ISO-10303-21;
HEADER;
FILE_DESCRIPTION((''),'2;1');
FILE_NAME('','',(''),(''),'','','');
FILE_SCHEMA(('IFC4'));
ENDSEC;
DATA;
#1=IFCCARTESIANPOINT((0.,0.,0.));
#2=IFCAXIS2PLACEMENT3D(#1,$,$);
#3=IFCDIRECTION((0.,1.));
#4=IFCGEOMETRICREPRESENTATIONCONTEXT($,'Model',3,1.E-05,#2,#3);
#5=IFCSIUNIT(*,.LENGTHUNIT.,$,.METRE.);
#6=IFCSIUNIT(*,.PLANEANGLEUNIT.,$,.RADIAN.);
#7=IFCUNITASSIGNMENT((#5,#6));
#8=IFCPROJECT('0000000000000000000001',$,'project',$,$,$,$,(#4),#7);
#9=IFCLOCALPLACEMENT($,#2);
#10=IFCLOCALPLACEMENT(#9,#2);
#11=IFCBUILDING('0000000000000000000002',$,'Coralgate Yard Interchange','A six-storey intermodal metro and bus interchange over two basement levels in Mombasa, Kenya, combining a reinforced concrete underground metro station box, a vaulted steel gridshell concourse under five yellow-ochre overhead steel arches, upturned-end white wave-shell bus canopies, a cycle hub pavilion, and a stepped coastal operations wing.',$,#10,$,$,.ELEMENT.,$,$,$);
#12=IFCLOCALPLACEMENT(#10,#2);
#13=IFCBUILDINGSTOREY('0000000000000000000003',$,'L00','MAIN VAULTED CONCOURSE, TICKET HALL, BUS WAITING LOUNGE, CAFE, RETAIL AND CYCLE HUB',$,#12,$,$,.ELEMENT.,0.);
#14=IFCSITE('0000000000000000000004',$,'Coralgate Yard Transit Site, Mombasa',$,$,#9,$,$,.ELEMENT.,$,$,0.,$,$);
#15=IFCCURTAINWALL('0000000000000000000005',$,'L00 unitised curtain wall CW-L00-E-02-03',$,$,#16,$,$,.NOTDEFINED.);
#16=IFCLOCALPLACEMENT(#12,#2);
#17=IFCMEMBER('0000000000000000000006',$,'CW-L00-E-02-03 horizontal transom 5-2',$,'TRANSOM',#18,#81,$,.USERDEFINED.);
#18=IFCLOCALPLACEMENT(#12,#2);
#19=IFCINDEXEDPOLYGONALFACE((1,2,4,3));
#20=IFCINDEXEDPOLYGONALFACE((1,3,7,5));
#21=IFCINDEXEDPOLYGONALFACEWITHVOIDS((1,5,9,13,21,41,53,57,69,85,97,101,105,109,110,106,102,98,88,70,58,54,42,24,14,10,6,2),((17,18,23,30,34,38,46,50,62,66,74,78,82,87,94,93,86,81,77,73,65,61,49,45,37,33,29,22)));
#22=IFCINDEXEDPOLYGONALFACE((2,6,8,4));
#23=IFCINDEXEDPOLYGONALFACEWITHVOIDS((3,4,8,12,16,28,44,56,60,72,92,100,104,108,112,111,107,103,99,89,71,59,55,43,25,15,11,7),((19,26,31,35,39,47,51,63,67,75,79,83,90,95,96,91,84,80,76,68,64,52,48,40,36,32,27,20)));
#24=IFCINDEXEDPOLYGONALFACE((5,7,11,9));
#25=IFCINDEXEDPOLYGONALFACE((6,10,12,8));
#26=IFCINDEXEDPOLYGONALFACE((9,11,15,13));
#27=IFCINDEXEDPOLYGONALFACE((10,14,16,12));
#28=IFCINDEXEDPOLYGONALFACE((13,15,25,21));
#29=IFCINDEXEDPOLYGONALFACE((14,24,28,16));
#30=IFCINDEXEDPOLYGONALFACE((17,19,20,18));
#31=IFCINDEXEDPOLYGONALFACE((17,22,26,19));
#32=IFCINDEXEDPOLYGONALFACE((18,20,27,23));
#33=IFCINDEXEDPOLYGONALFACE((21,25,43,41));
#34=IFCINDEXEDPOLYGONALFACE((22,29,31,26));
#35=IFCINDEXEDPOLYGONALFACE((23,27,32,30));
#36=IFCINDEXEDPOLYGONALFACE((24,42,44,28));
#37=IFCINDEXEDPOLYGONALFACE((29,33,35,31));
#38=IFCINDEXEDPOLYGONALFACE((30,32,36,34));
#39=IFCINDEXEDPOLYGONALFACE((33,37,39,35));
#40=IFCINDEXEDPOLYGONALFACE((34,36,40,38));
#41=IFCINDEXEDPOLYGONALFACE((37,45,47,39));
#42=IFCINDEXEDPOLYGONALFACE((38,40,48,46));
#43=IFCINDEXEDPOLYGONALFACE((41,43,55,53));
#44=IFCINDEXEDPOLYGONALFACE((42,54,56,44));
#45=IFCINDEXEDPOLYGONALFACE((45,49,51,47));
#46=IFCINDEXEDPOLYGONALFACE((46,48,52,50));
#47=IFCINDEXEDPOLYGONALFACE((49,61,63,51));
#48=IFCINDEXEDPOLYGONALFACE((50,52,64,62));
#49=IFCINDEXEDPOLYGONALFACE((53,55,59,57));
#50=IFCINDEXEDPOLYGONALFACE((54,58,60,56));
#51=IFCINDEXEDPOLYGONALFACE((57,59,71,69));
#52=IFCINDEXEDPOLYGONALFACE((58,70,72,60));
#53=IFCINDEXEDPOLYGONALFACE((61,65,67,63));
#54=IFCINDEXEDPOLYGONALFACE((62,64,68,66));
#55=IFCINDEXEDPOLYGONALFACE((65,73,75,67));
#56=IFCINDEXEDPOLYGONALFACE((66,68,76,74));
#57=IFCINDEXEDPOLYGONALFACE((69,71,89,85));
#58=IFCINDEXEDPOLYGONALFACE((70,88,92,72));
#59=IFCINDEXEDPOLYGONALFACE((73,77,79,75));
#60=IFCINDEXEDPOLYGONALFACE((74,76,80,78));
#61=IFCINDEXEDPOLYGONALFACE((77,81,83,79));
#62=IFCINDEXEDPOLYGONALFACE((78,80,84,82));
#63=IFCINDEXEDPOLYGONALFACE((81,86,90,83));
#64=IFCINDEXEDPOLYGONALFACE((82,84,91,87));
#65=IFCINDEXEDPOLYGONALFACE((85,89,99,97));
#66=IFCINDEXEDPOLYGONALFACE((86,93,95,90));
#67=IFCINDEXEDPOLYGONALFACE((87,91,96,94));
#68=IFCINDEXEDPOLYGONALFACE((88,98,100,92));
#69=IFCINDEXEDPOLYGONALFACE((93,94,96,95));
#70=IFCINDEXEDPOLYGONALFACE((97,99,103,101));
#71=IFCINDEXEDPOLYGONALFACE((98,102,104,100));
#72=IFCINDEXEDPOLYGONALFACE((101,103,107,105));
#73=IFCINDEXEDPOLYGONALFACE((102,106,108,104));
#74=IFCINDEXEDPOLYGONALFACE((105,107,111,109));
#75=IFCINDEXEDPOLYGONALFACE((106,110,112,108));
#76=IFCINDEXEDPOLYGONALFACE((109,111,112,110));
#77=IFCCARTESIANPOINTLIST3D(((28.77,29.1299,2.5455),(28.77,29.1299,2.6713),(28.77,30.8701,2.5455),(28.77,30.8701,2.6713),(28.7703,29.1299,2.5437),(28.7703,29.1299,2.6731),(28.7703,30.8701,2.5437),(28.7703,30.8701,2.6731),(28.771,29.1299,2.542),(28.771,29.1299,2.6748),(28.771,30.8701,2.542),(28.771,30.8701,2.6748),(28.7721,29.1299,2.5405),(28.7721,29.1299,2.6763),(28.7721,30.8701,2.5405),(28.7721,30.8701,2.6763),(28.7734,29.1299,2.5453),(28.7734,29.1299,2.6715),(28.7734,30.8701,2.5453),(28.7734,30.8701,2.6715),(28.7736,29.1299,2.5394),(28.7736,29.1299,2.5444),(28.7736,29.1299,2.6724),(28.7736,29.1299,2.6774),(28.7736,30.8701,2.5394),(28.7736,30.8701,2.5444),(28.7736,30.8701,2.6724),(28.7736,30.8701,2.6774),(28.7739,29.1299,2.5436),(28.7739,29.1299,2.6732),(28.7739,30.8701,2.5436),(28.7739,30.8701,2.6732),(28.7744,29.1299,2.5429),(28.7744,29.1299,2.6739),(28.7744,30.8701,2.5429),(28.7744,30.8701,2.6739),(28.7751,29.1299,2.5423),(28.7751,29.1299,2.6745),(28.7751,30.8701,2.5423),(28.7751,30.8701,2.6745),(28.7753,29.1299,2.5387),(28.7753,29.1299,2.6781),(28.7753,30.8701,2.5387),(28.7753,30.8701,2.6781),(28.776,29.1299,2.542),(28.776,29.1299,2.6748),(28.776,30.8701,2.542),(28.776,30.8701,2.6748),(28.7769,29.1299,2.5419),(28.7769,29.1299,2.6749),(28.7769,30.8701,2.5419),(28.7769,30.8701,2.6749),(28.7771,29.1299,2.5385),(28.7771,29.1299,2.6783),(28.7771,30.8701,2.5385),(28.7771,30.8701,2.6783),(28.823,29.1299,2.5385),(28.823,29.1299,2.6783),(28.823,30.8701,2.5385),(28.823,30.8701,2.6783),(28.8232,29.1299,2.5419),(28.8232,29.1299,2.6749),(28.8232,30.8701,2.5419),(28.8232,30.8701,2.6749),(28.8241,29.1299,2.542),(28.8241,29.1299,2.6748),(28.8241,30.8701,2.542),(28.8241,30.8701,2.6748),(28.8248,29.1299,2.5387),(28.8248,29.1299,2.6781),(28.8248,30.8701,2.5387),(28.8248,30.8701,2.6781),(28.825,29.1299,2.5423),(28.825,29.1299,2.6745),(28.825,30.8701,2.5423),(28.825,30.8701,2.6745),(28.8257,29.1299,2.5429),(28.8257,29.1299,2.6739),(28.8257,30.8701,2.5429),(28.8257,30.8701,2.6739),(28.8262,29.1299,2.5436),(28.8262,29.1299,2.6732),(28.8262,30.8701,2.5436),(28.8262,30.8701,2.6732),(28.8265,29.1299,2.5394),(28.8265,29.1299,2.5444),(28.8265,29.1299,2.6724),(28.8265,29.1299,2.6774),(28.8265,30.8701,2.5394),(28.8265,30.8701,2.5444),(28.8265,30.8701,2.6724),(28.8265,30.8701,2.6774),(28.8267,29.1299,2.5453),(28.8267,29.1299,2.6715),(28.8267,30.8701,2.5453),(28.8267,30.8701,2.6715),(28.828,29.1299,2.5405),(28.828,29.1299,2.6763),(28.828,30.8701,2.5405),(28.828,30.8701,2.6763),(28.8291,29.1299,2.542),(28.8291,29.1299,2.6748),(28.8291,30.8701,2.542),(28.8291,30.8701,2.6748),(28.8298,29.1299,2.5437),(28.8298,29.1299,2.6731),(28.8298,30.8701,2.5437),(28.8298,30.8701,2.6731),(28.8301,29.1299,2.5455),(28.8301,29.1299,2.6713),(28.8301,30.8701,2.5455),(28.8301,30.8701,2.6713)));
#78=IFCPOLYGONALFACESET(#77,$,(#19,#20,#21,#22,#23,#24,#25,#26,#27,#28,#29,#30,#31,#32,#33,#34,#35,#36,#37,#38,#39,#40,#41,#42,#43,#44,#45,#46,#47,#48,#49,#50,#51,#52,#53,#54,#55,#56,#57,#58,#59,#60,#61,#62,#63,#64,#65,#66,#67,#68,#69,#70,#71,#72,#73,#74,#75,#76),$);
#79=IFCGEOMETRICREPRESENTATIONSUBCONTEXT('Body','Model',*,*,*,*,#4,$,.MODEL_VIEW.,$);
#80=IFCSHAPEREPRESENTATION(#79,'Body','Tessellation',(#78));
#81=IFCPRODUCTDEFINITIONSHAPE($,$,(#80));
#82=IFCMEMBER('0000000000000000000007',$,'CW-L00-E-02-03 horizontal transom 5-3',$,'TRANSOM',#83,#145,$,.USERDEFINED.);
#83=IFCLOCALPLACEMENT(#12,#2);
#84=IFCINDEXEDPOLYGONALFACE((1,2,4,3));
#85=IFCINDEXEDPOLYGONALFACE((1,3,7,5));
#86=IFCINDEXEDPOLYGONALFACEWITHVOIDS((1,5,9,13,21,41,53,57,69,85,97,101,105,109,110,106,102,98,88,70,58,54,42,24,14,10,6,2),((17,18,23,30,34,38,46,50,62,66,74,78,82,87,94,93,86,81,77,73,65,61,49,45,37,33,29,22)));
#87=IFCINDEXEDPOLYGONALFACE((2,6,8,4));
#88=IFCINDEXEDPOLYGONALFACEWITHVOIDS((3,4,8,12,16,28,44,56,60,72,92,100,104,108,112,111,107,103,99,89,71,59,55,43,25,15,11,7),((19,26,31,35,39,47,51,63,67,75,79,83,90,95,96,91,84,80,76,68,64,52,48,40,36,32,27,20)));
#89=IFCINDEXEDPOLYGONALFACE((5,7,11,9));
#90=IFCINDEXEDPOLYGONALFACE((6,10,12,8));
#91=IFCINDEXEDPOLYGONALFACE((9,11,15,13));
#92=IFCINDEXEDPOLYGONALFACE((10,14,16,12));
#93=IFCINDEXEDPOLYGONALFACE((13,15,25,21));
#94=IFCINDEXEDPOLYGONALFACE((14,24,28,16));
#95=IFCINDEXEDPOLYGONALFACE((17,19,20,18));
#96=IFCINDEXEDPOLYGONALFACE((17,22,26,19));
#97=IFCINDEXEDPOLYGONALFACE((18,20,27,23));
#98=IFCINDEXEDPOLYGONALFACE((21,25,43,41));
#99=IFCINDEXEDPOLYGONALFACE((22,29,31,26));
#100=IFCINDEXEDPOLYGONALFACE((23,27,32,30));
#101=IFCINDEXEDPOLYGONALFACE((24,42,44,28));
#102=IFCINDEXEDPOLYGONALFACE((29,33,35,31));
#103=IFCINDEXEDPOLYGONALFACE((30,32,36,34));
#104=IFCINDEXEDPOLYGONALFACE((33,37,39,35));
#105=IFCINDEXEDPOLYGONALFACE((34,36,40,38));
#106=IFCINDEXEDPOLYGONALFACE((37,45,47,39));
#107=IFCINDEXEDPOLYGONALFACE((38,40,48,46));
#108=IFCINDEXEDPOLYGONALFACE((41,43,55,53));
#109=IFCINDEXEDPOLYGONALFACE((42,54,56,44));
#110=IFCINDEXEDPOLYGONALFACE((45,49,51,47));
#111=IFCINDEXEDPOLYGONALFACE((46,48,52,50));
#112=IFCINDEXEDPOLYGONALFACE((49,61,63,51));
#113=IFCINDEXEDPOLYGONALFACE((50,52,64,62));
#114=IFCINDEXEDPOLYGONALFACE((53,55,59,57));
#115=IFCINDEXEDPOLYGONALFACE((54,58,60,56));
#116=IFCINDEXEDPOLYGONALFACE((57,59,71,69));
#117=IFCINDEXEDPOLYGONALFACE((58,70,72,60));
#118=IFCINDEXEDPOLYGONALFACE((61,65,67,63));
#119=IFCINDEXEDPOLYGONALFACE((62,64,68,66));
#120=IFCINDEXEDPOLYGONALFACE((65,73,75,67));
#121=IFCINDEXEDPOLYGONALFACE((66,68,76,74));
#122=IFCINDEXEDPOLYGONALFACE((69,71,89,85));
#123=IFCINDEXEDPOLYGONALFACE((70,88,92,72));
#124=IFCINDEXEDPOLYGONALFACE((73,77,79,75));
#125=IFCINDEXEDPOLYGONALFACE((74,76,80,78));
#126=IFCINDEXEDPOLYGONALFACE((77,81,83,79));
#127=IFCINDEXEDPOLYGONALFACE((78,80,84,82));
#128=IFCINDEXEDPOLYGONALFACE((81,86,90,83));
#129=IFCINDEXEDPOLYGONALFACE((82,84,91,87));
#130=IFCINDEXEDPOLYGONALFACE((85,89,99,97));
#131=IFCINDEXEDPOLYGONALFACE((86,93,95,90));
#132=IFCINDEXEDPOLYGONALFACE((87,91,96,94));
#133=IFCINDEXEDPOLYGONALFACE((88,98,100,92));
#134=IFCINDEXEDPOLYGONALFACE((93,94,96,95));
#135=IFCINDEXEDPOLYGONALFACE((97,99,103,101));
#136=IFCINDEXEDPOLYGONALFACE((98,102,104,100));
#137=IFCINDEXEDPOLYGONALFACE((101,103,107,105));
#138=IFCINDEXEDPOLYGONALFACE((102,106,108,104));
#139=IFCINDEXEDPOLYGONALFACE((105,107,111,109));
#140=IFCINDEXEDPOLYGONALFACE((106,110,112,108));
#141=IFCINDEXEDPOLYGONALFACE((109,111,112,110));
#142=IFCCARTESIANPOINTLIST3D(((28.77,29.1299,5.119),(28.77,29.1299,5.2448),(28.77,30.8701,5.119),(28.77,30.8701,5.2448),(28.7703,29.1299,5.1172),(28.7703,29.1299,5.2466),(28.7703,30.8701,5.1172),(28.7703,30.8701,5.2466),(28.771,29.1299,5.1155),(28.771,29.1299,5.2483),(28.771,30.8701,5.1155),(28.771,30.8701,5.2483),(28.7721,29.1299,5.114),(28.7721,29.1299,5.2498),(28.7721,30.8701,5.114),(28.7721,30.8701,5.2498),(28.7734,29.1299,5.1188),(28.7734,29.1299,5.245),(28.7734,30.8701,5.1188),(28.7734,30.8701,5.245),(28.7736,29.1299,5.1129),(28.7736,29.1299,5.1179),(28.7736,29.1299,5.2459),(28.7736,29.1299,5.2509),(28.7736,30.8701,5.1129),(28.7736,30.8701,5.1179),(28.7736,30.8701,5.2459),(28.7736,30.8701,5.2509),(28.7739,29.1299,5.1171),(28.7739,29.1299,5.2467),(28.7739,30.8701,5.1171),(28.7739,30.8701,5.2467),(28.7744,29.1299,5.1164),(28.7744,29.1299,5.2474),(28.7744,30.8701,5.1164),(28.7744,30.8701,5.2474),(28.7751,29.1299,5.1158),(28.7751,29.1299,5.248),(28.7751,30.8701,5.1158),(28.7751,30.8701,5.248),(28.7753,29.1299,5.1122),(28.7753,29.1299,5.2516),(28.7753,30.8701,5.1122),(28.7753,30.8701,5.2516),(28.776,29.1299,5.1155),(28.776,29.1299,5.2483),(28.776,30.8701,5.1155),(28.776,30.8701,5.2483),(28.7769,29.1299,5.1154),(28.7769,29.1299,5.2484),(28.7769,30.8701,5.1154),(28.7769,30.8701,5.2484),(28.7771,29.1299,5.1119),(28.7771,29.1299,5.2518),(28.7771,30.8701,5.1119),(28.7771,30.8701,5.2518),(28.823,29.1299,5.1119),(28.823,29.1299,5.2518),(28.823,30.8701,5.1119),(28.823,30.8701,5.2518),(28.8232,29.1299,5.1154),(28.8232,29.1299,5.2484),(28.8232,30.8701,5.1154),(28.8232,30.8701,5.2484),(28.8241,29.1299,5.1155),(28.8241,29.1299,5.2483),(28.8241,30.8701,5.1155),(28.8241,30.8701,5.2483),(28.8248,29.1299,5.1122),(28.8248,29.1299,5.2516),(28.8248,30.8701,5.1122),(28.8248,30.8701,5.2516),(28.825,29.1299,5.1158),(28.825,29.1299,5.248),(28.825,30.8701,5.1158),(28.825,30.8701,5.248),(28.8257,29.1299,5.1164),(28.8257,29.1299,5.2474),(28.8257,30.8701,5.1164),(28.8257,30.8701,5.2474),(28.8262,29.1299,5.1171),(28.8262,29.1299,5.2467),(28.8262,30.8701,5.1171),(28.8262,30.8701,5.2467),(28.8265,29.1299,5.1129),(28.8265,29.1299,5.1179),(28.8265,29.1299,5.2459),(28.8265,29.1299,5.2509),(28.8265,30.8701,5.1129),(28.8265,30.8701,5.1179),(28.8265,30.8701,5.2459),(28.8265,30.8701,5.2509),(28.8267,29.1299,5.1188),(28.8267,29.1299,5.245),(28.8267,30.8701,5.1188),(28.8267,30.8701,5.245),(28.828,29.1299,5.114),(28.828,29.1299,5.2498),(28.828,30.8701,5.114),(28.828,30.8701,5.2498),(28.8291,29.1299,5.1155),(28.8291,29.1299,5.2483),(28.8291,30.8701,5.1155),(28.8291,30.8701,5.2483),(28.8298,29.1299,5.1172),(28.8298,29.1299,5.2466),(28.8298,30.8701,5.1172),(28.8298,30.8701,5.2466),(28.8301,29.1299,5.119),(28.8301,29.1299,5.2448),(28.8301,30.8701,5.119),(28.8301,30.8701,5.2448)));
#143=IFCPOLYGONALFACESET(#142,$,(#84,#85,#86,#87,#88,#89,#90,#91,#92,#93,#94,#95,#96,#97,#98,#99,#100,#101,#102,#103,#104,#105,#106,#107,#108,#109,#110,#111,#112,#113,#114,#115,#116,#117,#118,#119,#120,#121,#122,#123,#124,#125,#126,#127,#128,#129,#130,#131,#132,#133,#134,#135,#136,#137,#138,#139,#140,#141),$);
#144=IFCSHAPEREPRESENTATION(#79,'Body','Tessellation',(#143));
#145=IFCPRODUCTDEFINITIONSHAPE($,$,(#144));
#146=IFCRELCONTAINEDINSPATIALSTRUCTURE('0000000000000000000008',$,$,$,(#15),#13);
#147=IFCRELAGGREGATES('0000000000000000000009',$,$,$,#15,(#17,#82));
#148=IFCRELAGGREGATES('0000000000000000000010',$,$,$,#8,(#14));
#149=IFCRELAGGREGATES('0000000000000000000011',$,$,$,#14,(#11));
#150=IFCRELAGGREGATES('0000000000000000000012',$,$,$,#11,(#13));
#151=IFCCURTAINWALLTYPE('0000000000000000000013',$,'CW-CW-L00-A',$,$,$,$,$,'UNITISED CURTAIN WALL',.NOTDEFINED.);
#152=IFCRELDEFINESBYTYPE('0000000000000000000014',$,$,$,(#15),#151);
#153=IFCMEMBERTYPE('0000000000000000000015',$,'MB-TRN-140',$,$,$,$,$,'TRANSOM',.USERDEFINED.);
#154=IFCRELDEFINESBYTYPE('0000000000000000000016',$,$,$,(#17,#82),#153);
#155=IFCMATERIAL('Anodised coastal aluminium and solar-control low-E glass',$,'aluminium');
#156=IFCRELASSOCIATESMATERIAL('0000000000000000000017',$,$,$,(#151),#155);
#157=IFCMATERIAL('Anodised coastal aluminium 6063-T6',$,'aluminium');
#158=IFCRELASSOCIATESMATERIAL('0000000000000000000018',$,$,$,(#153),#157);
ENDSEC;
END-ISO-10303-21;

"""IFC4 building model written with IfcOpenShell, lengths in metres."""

from ifc_helpers import new_model, si_unit, direction, frame, origin, origin_2d, place, context, subcontext, project, spatial, hollow_rectangle, extrude, material, material_profile, profile_set, type_object, element, aggregate, save


model = new_model("IFC4")

# Units and contexts
model_context = context("Model", 3, precision=1e-05, world=origin(), true_north=direction((0.0, 1.0)))
body_context = subcontext(model_context, "Body", "Model", "MODEL_VIEW")
ifc_project = project(units=[si_unit("LENGTHUNIT", "METRE"), si_unit("PLANEANGLEUNIT", "RADIAN")], contexts=[model_context])

# Site, building, storey
site_placement = place(None, origin())
site = spatial("IfcSite", under=ifc_project, at=site_placement, Name="Coralgate Yard Transit Site, Mombasa", CompositionType="ELEMENT", RefElevation=0.0)
building_placement = place(site_placement, origin())
building = spatial("IfcBuilding", under=site, at=building_placement, Name="Coralgate Yard Interchange", Description="A six-storey intermodal metro and bus interchange over two basement levels in Mombasa, Kenya, combining a reinforced concrete underground metro station box, a vaulted steel gridshell concourse under five yellow-ochre overhead steel arches, upturned-end white wave-shell bus canopies, a cycle hub pavilion, and a stepped coastal operations wing.", CompositionType="ELEMENT")
storey_placement = place(building_placement, origin())
storey = spatial("IfcBuildingStorey", under=building, at=storey_placement, Name="L00", Description="MAIN VAULTED CONCOURSE, TICKET HALL, BUS WAITING LOUNGE, CAFE, RETAIL AND CYCLE HUB", CompositionType="ELEMENT", Elevation=0.0)

# Curtain wall
ifc_material_1 = material(Name="Anodised coastal aluminium and solar-control low-E glass", Category="aluminium")
ifc_material_2 = material(Name="Anodised coastal aluminium 6063-T6", Category="aluminium")
curtain_wall_type_1 = type_object("IfcCurtainWallType", Name="CW-CW-L00-A", ElementType="UNITISED CURTAIN WALL", PredefinedType="NOTDEFINED", material=ifc_material_1)
curtain_wall_1_placement = place(storey_placement, origin())
curtain_wall_1 = element("IfcCurtainWall", 1, at=curtain_wall_1_placement, inside=storey, type_object=curtain_wall_type_1, Name="L00 unitised curtain wall CW-L00-E-02-03", PredefinedType="NOTDEFINED")

# Members
ifc_material_profile_1 = material_profile(ifc_material_2, hollow_rectangle(XDim=0.0601, YDim=0.1399, WallThickness=0.0034, InnerFilletRadius=0.0034, OuterFilletRadius=0.0071, at=origin_2d()), Name="ALU 60x140x3.5")
ifc_profile_set_1 = profile_set([ifc_material_profile_1], Name="Anodised coastal aluminium 6063-T6")
member_type_1 = type_object("IfcMemberType", Name="MB-TRN-140", ElementType="TRANSOM", PredefinedType="USERDEFINED", material=ifc_profile_set_1)
member_1_placement = place(storey_placement, frame((28.8, 30.8701, 2.6084), z_axis=(0.0, -1.0, 0.0), x_axis=(1.0, 0.0, 0.0)))
member_1 = element("IfcMember", 2, at=member_1_placement, type_object=member_type_1, Name="CW-L00-E-02-03 horizontal transom 5-2", ObjectType="TRANSOM", PredefinedType="USERDEFINED", context=body_context, shape_type="SweptSolid", body=[
    extrude(hollow_rectangle(XDim=0.0601, YDim=0.1399, WallThickness=0.0034, InnerFilletRadius=0.0034, OuterFilletRadius=0.0071, at=origin_2d()), origin(), (0.0, 0.0, 1.0), 1.7402),
])
member_2_placement = place(storey_placement, frame((28.8, 30.8701, 5.1819), z_axis=(0.0, -1.0, 0.0), x_axis=(1.0, 0.0, 0.0)))
member_2 = element("IfcMember", 3, at=member_2_placement, type_object=member_type_1, Name="CW-L00-E-02-03 horizontal transom 5-3", ObjectType="TRANSOM", PredefinedType="USERDEFINED", context=body_context, shape_type="SweptSolid", body=[
    extrude(hollow_rectangle(XDim=0.0601, YDim=0.1399, WallThickness=0.0034, InnerFilletRadius=0.0034, OuterFilletRadius=0.0071, at=origin_2d()), origin(), (0.0, 0.0, 1.0), 1.7402),
])

aggregate(curtain_wall_1, [member_1, member_2])

save(model, "model.ifc")
